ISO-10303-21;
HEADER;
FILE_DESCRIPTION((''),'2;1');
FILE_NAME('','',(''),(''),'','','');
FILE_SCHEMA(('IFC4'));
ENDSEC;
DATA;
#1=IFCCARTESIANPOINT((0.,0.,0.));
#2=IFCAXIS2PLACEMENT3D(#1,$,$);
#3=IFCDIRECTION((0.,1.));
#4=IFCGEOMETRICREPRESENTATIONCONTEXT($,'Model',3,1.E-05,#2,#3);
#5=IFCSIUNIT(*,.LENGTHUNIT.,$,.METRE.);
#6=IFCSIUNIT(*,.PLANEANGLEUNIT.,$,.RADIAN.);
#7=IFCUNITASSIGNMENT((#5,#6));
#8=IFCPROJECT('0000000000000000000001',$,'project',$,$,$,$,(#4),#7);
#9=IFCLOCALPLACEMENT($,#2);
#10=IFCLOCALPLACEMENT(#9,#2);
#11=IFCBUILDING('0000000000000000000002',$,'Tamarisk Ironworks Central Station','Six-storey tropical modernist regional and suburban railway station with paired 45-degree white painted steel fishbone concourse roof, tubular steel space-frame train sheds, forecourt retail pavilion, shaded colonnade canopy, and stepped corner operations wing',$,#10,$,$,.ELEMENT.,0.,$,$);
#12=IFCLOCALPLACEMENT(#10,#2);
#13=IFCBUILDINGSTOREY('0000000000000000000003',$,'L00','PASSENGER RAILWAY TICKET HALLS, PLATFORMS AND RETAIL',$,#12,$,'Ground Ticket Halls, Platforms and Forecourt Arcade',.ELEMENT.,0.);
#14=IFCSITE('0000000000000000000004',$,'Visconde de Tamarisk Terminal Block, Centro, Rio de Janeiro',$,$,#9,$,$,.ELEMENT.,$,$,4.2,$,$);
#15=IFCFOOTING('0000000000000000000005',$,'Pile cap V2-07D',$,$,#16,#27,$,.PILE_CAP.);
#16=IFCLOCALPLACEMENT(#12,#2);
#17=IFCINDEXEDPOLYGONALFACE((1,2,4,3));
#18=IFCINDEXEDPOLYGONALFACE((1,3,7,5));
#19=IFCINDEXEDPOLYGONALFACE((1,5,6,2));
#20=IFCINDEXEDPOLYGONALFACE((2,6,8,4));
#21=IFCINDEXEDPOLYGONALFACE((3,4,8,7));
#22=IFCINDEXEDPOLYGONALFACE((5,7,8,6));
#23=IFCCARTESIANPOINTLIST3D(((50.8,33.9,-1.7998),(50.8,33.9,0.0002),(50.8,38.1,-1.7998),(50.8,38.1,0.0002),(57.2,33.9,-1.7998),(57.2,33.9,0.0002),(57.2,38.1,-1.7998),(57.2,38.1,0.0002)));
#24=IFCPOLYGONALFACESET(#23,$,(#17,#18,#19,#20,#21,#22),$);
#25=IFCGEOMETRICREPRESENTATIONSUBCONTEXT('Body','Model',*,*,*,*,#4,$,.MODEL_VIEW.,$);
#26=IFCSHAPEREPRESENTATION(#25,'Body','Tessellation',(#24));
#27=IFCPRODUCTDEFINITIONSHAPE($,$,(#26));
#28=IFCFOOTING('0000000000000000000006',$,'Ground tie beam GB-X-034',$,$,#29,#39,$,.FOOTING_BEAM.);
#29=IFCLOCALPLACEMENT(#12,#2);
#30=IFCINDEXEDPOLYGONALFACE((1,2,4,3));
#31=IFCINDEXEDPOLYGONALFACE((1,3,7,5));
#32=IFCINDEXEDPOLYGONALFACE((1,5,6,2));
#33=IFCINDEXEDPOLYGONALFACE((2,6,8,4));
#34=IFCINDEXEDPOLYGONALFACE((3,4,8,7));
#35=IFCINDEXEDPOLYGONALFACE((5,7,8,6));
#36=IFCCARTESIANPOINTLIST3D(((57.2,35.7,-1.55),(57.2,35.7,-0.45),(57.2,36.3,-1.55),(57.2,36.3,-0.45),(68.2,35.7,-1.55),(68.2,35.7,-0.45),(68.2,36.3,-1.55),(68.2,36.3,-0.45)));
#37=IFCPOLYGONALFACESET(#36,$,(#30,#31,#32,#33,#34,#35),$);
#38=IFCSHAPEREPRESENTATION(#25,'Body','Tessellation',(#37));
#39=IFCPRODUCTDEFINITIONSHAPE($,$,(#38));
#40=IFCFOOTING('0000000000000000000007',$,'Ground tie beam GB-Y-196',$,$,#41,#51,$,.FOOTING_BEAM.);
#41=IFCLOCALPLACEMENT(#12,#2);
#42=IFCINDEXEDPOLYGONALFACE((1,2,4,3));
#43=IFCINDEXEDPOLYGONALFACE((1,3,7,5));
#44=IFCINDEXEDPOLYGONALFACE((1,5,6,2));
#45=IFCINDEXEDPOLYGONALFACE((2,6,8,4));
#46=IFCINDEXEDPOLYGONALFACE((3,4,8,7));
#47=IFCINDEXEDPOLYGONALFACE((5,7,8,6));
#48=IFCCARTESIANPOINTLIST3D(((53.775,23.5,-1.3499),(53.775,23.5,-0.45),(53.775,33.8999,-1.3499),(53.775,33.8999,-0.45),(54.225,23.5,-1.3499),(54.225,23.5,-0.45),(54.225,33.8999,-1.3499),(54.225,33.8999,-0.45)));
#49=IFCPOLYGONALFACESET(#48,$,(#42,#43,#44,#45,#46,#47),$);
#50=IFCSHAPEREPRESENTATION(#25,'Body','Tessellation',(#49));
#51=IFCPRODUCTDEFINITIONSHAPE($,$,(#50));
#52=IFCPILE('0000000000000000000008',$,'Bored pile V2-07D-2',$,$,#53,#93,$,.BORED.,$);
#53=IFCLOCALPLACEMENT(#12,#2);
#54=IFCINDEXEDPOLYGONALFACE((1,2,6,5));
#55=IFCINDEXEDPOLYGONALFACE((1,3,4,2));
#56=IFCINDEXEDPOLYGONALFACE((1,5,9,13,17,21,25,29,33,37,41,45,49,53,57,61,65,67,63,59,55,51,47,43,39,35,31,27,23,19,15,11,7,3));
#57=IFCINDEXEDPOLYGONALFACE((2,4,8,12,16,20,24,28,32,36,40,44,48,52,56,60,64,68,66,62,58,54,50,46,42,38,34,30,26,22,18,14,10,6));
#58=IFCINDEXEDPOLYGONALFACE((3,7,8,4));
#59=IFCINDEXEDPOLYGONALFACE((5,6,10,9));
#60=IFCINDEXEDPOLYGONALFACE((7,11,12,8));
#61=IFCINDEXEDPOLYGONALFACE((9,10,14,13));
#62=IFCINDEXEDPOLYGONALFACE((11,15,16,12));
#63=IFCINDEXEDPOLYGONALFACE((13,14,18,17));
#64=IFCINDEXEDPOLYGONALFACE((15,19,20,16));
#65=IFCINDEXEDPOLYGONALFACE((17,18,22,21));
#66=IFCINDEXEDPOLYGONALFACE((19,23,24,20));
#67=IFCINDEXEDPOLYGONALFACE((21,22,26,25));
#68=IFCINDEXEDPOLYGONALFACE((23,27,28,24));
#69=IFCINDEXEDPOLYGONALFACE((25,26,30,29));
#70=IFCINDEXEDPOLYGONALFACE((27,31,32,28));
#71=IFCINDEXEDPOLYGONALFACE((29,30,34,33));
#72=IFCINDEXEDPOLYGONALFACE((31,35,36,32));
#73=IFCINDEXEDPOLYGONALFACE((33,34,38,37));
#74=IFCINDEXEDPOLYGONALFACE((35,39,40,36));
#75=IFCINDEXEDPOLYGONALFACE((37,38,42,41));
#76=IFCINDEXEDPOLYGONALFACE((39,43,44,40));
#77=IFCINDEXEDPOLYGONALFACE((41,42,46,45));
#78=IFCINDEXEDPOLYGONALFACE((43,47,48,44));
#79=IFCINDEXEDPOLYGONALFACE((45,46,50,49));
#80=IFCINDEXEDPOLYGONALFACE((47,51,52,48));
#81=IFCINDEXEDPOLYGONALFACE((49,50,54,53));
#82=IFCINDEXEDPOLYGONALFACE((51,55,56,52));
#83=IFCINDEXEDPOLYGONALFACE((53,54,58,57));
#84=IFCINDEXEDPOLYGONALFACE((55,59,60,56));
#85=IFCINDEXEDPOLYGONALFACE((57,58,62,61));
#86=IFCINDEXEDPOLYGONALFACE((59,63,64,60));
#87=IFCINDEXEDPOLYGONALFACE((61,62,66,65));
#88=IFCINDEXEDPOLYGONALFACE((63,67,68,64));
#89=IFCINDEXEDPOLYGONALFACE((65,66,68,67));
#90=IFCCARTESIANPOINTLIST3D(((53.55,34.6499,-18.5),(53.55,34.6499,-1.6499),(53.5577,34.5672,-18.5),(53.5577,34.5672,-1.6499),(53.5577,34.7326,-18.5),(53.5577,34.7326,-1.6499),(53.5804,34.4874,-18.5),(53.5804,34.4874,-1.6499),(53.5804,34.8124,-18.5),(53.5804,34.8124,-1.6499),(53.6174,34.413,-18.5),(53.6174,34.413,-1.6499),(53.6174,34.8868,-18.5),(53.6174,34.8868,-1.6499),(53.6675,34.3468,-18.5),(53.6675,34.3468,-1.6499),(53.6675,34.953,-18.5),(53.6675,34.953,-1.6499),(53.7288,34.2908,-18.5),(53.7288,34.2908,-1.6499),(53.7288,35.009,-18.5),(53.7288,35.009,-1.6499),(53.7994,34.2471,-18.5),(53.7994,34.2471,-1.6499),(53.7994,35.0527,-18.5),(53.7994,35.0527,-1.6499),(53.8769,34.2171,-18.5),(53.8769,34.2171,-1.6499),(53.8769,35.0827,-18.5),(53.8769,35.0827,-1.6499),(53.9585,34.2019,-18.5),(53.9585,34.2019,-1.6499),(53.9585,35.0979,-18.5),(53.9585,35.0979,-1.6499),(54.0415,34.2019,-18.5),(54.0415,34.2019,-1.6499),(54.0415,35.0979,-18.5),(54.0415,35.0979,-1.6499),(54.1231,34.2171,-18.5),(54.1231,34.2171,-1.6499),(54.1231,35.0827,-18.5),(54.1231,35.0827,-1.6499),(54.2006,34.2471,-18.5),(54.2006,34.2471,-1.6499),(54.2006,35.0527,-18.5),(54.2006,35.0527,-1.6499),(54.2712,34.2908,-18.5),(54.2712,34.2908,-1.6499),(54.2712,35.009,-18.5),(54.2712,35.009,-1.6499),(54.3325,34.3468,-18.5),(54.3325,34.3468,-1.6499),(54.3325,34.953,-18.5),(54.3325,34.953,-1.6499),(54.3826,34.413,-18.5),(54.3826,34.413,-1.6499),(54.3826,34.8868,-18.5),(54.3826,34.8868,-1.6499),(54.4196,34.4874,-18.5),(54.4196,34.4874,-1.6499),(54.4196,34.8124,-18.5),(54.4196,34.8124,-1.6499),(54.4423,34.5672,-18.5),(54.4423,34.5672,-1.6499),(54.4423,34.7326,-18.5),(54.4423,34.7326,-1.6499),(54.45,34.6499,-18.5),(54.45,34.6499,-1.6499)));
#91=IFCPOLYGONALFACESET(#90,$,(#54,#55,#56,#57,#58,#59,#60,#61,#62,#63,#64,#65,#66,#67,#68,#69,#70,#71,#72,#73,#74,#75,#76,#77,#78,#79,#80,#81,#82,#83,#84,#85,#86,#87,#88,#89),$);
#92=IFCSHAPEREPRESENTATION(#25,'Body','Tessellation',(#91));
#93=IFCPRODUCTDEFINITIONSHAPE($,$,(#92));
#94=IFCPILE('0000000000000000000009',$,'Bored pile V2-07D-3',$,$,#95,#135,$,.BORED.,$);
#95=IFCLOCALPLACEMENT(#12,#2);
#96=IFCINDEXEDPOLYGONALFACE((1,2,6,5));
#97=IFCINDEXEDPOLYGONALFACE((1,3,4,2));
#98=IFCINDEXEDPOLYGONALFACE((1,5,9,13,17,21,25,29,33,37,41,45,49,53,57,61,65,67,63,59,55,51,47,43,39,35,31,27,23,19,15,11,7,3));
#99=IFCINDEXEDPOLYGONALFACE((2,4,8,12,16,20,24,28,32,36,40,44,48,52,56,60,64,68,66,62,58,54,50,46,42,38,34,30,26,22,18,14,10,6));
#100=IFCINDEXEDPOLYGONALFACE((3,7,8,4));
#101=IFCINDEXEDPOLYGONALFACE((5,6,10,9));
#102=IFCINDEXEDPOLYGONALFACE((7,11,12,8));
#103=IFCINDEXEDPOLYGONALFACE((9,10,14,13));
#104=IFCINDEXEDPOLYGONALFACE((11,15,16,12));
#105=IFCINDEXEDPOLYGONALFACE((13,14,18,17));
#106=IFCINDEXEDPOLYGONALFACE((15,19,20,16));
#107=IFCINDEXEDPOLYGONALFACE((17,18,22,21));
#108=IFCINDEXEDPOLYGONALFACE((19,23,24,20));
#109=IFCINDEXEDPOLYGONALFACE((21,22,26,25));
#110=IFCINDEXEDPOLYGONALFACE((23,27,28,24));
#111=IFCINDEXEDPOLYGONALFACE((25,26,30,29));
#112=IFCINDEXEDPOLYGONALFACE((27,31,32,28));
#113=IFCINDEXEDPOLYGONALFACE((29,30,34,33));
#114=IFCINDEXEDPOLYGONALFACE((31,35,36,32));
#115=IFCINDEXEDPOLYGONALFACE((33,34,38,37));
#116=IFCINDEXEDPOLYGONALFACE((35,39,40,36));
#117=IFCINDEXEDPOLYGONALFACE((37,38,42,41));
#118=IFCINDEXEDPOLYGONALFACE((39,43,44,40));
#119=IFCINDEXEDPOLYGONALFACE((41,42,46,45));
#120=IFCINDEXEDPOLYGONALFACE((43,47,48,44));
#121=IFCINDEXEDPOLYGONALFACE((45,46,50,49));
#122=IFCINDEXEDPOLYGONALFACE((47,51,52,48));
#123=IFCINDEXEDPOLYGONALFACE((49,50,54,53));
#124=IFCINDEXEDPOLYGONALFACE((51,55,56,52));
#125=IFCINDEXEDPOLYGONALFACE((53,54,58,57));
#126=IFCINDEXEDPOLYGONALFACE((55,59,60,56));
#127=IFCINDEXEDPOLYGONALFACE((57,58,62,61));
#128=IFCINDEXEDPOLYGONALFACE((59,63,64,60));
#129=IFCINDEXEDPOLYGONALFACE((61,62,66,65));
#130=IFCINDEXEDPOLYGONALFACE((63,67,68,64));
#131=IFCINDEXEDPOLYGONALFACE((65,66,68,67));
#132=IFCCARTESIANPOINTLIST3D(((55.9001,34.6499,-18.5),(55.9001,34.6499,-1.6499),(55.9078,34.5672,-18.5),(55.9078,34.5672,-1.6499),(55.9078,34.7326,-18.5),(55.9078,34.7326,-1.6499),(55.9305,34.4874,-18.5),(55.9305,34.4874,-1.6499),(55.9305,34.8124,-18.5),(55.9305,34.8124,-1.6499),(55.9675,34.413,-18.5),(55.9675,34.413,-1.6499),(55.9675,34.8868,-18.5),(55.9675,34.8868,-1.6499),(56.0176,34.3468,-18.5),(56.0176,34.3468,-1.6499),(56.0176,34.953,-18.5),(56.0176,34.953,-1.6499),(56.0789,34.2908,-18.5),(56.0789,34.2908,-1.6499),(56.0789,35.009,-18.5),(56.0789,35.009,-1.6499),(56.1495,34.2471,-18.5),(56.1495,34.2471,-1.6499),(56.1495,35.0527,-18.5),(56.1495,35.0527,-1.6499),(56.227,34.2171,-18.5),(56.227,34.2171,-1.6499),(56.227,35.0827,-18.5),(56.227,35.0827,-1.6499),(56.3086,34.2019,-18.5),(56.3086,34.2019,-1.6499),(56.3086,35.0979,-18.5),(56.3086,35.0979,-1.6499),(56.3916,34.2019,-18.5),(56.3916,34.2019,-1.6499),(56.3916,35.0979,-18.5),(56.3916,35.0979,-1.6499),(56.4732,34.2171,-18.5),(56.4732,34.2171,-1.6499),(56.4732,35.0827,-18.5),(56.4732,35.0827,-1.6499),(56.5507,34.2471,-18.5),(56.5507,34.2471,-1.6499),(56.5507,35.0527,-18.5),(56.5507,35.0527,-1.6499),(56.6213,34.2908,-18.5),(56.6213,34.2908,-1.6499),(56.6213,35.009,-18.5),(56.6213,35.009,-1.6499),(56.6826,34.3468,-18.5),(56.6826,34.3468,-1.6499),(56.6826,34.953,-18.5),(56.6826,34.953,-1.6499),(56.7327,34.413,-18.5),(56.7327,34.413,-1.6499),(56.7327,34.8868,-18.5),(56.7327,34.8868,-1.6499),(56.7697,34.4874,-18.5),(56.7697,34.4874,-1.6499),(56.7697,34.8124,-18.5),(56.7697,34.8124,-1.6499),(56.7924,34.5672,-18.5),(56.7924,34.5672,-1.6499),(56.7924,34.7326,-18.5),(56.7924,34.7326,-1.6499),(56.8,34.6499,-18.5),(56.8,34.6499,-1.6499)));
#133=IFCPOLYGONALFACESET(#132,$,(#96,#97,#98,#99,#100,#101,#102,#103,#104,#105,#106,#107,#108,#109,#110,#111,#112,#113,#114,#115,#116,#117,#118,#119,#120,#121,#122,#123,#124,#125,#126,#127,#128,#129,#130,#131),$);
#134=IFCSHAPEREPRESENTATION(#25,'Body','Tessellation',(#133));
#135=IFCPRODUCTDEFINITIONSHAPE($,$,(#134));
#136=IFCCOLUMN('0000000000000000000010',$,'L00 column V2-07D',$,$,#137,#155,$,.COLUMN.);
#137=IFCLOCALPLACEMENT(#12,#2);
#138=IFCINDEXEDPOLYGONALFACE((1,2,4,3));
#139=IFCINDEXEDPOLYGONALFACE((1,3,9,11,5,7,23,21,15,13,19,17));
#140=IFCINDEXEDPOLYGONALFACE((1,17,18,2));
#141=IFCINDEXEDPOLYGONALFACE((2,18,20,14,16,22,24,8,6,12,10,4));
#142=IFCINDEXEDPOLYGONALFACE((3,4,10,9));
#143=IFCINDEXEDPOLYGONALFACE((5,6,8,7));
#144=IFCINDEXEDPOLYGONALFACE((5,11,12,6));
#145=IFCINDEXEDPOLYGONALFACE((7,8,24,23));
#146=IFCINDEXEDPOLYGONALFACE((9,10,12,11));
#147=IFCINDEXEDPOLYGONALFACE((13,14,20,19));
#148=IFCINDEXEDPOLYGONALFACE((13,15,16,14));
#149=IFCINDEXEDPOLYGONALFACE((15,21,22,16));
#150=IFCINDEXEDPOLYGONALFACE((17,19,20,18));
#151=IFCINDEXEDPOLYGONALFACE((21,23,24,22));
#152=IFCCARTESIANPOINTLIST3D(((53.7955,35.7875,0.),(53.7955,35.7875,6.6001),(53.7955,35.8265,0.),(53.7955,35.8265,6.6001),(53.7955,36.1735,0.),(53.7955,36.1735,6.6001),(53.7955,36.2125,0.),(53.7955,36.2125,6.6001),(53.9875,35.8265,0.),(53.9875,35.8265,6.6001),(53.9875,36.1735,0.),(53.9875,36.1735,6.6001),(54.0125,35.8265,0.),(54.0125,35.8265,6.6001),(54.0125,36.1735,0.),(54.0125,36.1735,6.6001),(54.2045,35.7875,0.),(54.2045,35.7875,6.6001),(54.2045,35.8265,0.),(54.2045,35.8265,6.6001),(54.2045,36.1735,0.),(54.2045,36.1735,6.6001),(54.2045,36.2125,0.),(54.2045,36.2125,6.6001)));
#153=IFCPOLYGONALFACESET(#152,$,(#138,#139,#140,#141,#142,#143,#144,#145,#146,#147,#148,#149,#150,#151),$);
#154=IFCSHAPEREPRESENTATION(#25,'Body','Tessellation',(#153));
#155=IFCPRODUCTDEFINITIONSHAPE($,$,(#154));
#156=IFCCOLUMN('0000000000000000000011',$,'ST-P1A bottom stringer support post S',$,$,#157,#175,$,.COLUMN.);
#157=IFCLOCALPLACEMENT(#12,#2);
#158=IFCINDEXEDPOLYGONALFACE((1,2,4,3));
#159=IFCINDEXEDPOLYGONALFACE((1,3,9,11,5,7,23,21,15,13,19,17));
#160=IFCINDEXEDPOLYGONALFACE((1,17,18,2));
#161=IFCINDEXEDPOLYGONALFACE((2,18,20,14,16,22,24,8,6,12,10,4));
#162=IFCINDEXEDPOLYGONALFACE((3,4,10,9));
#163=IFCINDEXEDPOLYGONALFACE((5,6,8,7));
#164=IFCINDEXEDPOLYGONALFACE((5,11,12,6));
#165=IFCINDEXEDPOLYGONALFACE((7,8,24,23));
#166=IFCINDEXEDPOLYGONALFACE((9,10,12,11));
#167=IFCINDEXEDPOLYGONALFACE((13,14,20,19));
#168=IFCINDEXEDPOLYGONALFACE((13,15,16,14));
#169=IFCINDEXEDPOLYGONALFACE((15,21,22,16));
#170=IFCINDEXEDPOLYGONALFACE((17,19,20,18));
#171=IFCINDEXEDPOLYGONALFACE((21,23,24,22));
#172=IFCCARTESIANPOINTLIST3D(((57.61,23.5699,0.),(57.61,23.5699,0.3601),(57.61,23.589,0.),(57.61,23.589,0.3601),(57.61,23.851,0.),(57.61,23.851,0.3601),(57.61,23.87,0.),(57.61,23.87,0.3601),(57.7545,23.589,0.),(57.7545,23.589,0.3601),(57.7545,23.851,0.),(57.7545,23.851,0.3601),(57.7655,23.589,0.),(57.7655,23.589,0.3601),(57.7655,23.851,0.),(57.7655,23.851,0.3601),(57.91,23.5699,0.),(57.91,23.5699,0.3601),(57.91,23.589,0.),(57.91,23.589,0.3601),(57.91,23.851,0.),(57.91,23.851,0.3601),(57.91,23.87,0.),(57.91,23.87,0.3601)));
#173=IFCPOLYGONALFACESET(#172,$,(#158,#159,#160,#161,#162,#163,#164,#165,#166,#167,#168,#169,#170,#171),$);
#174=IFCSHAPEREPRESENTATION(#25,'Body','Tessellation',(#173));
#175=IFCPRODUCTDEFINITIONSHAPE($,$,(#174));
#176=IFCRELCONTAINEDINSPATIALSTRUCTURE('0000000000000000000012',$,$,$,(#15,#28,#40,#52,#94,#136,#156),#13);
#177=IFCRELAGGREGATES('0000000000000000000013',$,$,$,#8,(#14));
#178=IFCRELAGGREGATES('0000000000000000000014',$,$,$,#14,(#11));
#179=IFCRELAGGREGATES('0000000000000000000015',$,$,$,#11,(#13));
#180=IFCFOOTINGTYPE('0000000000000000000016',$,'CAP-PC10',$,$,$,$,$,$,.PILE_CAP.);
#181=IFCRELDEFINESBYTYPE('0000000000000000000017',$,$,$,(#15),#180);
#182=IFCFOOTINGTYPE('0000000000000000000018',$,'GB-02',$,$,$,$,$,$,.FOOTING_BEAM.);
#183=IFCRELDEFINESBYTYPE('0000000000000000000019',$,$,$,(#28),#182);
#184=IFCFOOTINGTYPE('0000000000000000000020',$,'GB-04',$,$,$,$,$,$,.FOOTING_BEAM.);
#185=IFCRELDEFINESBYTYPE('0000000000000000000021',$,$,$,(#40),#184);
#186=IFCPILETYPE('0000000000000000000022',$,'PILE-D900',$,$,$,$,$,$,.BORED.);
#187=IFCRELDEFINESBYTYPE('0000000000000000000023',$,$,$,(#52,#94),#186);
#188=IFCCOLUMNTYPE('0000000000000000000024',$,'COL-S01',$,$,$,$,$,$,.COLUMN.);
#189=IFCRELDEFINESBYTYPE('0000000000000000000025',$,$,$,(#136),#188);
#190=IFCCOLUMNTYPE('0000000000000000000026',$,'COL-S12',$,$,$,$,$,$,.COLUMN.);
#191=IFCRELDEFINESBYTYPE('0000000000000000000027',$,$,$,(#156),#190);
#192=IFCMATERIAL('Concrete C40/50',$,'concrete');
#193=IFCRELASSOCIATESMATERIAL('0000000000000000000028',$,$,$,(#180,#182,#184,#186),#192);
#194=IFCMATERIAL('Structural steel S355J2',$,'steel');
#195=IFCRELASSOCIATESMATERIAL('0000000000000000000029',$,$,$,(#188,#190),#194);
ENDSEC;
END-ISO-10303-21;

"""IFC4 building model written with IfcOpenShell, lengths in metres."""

from ifc_helpers import new_model, si_unit, direction, frame, origin, origin_2d, place, context, subcontext, project, spatial, rectangle, circle, i_section, extrude, material, material_profile, profile_set, type_object, element, save


model = new_model("IFC4")

# Units and contexts
model_context = context("Model", 3, precision=1e-05, world=origin(), true_north=direction((0.0, 1.0)))
body_context = subcontext(model_context, "Body", "Model", "MODEL_VIEW")
ifc_project = project(units=[si_unit("LENGTHUNIT", "METRE"), si_unit("PLANEANGLEUNIT", "RADIAN")], contexts=[model_context])

# Site, building, storey
site_placement = place(None, origin())
site = spatial("IfcSite", under=ifc_project, at=site_placement, Name="Visconde de Tamarisk Terminal Block, Centro, Rio de Janeiro", CompositionType="ELEMENT", RefElevation=4.2)
building_placement = place(site_placement, origin())
building = spatial("IfcBuilding", under=site, at=building_placement, Name="Tamarisk Ironworks Central Station", Description="Six-storey tropical modernist regional and suburban railway station with paired 45-degree white painted steel fishbone concourse roof, tubular steel space-frame train sheds, forecourt retail pavilion, shaded colonnade canopy, and stepped corner operations wing", CompositionType="ELEMENT", ElevationOfRefHeight=0.0)
storey_placement = place(building_placement, origin())
storey = spatial("IfcBuildingStorey", under=building, at=storey_placement, Name="L00", Description="PASSENGER RAILWAY TICKET HALLS, PLATFORMS AND RETAIL", LongName="Ground Ticket Halls, Platforms and Forecourt Arcade", CompositionType="ELEMENT", Elevation=0.0)

# Footings
ifc_material_1 = material(Name="Concrete C40/50", Category="concrete")
footing_type_1 = type_object("IfcFootingType", Name="CAP-PC10", PredefinedType="PILE_CAP", material=ifc_material_1)
footing_1_placement = place(storey_placement, frame((54.0, 36.0, -1.7998), z_axis=(0.0, 0.0, 1.0), x_axis=(1.0, 0.0, 0.0)))
element("IfcFooting", 1, at=footing_1_placement, inside=storey, type_object=footing_type_1, Name="Pile cap V2-07D", PredefinedType="PILE_CAP", context=body_context, shape_type="SweptSolid", body=[
    extrude(rectangle(XDim=6.3999, YDim=4.2, at=origin_2d()), origin(), (0.0, 0.0, 1.0), 1.8),
])
ifc_material_profile_1 = material_profile(ifc_material_1, rectangle(XDim=0.6001, YDim=1.1001, at=origin_2d()), Name="GB02 600x1100")
ifc_profile_set_1 = profile_set([ifc_material_profile_1], Name="Concrete C40/50")
footing_type_2 = type_object("IfcFootingType", Name="GB-02", PredefinedType="FOOTING_BEAM", material=ifc_profile_set_1)
footing_2_placement = place(storey_placement, frame((57.2, 36.0, -1.0), z_axis=(1.0, 0.0, 0.0), x_axis=(0.0, 1.0, 0.0)))
element("IfcFooting", 2, at=footing_2_placement, inside=storey, type_object=footing_type_2, Name="Ground tie beam GB-X-034", PredefinedType="FOOTING_BEAM", context=body_context, shape_type="SweptSolid", body=[
    extrude(rectangle(XDim=0.6001, YDim=1.1001, at=origin_2d()), origin(), (0.0, 0.0, 1.0), 11.0),
])
ifc_material_profile_2 = material_profile(ifc_material_1, rectangle(XDim=0.45, YDim=0.8999, at=origin_2d()), Name="GB04 450x900")
ifc_profile_set_2 = profile_set([ifc_material_profile_2], Name="Concrete C40/50")
footing_type_3 = type_object("IfcFootingType", Name="GB-04", PredefinedType="FOOTING_BEAM", material=ifc_profile_set_2)
footing_3_placement = place(storey_placement, frame((54.0, 23.5, -0.8999), z_axis=(0.0, 1.0, 0.0), x_axis=(-1.0, 0.0, 0.0)))
element("IfcFooting", 3, at=footing_3_placement, inside=storey, type_object=footing_type_3, Name="Ground tie beam GB-Y-196", PredefinedType="FOOTING_BEAM", context=body_context, shape_type="SweptSolid", body=[
    extrude(rectangle(XDim=0.45, YDim=0.8999, at=origin_2d()), origin(), (0.0, 0.0, 1.0), 10.3999),
])

# Piles
ifc_material_profile_3 = material_profile(ifc_material_1, circle(Radius=0.45, at=origin_2d()), Name="BORED PILE D900")
ifc_profile_set_3 = profile_set([ifc_material_profile_3], Name="Concrete C40/50")
pile_type = type_object("IfcPileType", Name="PILE-D900", PredefinedType="BORED", material=ifc_profile_set_3)
for number, where, z_axis, x_axis, name in (
    (4, (54.0, 34.6499, -1.6499), (0.0, 0.0, -1.0), (1.0, 0.0, 0.0), "Bored pile V2-07D-2"),
    (5, (56.3501, 34.6499, -1.6499), (0.0, 0.0, -1.0), (1.0, 0.0, 0.0), "Bored pile V2-07D-3"),
):
    element("IfcPile", number, at=place(storey_placement, frame(where, z_axis=z_axis, x_axis=x_axis)), inside=storey, type_object=pile_type, Name=name, PredefinedType="BORED", context=body_context, shape_type="SweptSolid", body=[
        extrude(circle(Radius=0.45, at=origin_2d()), origin(), (0.0, 0.0, 1.0), 16.8501),
    ])

# Columns
ifc_material_2 = material(Name="Structural steel S355J2", Category="steel")
ifc_material_profile_4 = material_profile(ifc_material_2, i_section(OverallWidth=0.4089, OverallDepth=0.425, WebThickness=0.0249, FlangeThickness=0.0391, at=origin_2d()), Name="HD 400x421")
ifc_profile_set_4 = profile_set([ifc_material_profile_4], Name="Structural steel S355J2")
column_type_1 = type_object("IfcColumnType", Name="COL-S01", PredefinedType="COLUMN", material=ifc_profile_set_4)
column_placement = place(storey_placement, frame((54.0, 36.0, 0.0), z_axis=(0.0, 0.0, 1.0), x_axis=(1.0, 0.0, 0.0)))
element("IfcColumn", 6, at=column_placement, inside=storey, type_object=column_type_1, Name="L00 column V2-07D", PredefinedType="COLUMN", context=body_context, shape_type="SweptSolid", body=[
    extrude(i_section(OverallWidth=0.4089, OverallDepth=0.425, WebThickness=0.0249, FlangeThickness=0.0391, at=origin_2d()), origin(), (0.0, 0.0, 1.0), 6.6001),
])
ifc_material_profile_5 = material_profile(ifc_material_2, i_section(OverallWidth=0.3, OverallDepth=0.3, WebThickness=0.011, FlangeThickness=0.019, at=origin_2d()), Name="HEB 300")
ifc_profile_set_5 = profile_set([ifc_material_profile_5], Name="Structural steel S355J2")
column_type_2 = type_object("IfcColumnType", Name="COL-S12", PredefinedType="COLUMN", material=ifc_profile_set_5)
for number, where, z_axis, x_axis, name in (
    (7, (57.76, 23.72, 0.0), (0.0, 0.0, 1.0), (1.0, 0.0, 0.0), "ST-P1A bottom stringer support post S"),
):
    element("IfcColumn", number, at=place(storey_placement, frame(where, z_axis=z_axis, x_axis=x_axis)), inside=storey, type_object=column_type_2, Name=name, PredefinedType="COLUMN", context=body_context, shape_type="SweptSolid", body=[
        extrude(i_section(OverallWidth=0.3, OverallDepth=0.3, WebThickness=0.011, FlangeThickness=0.019, at=origin_2d()), origin(), (0.0, 0.0, 1.0), 0.3601),
    ])

save(model, "model.ifc")
